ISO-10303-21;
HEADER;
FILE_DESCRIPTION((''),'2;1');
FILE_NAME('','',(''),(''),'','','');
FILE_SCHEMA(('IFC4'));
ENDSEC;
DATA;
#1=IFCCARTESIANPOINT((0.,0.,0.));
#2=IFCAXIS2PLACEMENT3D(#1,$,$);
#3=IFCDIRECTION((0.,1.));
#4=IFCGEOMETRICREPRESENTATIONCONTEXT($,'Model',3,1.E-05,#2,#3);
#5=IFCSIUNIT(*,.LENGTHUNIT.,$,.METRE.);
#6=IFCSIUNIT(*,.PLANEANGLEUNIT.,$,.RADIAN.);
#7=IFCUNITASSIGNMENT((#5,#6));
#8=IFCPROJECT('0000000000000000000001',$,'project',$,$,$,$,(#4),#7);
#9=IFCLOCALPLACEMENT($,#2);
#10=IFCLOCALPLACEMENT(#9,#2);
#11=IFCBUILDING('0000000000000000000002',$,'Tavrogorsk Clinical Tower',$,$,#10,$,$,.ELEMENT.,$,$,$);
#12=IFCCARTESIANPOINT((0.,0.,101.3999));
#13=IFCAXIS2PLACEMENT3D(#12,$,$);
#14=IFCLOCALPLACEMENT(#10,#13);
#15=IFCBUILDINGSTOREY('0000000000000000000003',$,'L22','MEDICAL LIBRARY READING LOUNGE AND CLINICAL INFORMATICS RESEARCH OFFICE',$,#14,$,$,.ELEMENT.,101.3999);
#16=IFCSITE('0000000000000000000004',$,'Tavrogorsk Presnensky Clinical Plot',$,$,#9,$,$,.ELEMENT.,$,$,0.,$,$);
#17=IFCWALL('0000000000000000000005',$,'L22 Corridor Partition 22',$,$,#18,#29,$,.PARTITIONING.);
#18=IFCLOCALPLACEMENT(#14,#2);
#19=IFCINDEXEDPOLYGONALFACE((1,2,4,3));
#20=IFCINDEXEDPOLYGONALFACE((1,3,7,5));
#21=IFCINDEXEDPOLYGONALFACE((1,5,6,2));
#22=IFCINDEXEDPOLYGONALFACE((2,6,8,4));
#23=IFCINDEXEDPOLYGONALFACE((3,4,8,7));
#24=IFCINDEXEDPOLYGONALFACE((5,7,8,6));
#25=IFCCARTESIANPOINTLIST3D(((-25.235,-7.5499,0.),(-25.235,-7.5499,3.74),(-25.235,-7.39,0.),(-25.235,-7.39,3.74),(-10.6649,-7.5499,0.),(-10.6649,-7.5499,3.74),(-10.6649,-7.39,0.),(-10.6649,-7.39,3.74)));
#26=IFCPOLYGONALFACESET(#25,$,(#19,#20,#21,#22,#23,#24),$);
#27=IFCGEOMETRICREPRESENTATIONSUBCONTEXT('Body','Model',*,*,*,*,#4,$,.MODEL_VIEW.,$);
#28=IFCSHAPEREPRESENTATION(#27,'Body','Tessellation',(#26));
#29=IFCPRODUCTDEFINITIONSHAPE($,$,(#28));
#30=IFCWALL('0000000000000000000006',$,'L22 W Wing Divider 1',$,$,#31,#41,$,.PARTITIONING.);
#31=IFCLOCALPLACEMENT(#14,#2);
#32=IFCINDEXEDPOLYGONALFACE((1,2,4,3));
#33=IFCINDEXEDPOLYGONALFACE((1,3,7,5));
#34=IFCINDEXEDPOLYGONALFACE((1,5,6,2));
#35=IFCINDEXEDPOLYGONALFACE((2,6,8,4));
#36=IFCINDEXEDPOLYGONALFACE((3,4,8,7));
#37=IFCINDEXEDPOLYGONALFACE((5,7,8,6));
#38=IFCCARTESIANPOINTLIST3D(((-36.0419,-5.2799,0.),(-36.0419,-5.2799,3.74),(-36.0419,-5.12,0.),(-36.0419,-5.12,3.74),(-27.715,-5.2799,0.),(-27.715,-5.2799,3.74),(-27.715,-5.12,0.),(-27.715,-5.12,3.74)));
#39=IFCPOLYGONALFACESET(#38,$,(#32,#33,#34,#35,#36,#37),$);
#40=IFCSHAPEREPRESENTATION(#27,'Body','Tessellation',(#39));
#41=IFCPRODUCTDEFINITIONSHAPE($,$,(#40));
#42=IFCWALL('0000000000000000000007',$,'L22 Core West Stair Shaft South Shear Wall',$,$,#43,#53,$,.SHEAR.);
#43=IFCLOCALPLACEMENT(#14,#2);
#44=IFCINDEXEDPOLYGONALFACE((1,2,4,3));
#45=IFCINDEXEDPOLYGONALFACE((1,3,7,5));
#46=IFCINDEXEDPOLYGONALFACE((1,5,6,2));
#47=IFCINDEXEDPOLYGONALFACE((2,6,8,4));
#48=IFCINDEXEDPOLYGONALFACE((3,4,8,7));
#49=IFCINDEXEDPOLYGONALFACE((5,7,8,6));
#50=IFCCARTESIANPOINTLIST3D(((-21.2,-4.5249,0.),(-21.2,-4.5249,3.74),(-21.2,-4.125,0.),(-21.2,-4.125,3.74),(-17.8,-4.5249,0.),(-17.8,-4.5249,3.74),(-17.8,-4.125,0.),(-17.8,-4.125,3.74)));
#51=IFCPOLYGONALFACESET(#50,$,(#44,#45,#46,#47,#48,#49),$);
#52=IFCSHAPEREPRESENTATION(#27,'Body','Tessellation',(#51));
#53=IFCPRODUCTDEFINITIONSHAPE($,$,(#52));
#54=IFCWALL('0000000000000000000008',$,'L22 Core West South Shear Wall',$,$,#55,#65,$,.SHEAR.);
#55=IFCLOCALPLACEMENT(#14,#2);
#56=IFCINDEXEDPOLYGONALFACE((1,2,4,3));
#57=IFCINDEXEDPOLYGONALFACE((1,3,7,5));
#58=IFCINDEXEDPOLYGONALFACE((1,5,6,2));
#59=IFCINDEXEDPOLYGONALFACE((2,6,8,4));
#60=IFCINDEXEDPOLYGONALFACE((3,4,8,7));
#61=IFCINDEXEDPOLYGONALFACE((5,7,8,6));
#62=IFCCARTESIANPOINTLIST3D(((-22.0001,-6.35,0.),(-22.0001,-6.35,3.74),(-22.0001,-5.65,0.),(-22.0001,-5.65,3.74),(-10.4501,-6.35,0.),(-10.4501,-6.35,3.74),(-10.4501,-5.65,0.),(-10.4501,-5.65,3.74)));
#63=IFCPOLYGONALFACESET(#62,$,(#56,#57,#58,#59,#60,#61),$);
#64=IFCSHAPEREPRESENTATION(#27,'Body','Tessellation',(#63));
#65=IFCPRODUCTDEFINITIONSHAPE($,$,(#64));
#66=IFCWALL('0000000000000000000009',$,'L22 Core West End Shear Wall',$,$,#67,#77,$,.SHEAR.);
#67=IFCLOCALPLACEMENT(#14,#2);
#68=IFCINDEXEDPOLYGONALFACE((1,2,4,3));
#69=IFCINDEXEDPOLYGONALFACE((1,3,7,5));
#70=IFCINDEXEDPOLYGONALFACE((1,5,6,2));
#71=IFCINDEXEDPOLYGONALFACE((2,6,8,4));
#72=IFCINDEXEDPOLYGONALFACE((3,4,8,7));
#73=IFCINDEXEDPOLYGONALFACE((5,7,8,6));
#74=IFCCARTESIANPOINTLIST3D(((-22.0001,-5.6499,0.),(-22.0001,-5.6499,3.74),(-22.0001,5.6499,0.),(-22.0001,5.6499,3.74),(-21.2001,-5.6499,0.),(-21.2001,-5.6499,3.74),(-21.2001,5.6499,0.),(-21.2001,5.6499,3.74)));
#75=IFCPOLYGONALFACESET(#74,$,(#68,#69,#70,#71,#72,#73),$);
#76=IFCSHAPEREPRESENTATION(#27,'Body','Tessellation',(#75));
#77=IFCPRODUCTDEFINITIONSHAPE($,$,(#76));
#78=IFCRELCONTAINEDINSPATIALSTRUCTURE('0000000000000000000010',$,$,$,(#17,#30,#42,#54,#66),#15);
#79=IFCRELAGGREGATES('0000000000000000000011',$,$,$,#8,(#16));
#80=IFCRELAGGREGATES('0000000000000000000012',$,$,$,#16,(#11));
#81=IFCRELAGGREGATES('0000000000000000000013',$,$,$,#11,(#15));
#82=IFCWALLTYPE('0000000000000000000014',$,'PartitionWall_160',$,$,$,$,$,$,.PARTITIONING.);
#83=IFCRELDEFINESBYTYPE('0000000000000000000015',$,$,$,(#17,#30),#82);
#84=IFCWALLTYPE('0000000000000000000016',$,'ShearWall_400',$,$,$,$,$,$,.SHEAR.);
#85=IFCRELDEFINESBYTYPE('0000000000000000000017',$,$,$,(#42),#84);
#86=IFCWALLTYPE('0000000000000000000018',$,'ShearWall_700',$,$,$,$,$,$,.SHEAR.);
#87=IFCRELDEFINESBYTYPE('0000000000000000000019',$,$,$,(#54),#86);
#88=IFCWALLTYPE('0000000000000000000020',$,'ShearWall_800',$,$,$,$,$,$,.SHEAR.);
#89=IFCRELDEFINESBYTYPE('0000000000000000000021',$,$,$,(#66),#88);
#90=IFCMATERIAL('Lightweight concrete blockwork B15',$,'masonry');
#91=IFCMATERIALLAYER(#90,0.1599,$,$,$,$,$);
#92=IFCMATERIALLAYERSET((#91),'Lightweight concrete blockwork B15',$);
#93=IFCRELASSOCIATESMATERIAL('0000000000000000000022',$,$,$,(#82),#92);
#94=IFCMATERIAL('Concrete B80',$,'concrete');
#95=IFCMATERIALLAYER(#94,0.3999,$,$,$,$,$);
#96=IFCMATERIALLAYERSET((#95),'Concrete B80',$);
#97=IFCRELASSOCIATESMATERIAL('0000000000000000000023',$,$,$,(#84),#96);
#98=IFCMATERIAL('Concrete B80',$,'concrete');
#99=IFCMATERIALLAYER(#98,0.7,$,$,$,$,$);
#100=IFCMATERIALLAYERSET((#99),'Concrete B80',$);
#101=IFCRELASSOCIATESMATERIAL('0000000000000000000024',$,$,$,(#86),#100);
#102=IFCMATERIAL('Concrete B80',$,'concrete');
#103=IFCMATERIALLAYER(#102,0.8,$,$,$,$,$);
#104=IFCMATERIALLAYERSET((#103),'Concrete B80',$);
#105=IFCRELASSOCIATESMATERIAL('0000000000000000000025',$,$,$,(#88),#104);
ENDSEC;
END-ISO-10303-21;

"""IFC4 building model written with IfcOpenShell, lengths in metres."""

from ifc_helpers import new_model, si_unit, direction, frame, frame_2d, origin, place, context, subcontext, project, spatial, rectangle, extrude, material, layer, layer_set, type_object, element, save


model = new_model("IFC4")

# Units and contexts
model_context = context("Model", 3, precision=1e-05, world=origin(), true_north=direction((0.0, 1.0)))
body_context = subcontext(model_context, "Body", "Model", "MODEL_VIEW")
ifc_project = project(units=[si_unit("LENGTHUNIT", "METRE"), si_unit("PLANEANGLEUNIT", "RADIAN")], contexts=[model_context])

# Site, building, storey
site_placement = place(None, origin())
site = spatial("IfcSite", under=ifc_project, at=site_placement, Name="Tavrogorsk Presnensky Clinical Plot", CompositionType="ELEMENT", RefElevation=0.0)
building_placement = place(site_placement, origin())
building = spatial("IfcBuilding", under=site, at=building_placement, Name="Tavrogorsk Clinical Tower", CompositionType="ELEMENT")
storey_placement = place(building_placement, frame((0.0, 0.0, 101.3999)))
storey = spatial("IfcBuildingStorey", under=building, at=storey_placement, Name="L22", Description="MEDICAL LIBRARY READING LOUNGE AND CLINICAL INFORMATICS RESEARCH OFFICE", CompositionType="ELEMENT", Elevation=101.3999)

# Shared definitions
ifc_material_1 = material(Name="Lightweight concrete blockwork B15", Category="masonry")
ifc_layer_1 = layer(ifc_material_1, 0.1599)
ifc_layer_set_1 = layer_set([ifc_layer_1], Name="Lightweight concrete blockwork B15")
wall_type_1 = type_object("IfcWallType", Name="PartitionWall_160", PredefinedType="PARTITIONING", material=ifc_layer_set_1)

# Walls
wall_1_placement = place(storey_placement, frame((-25.2351, -7.47, 0.0), z_axis=(0.0, 0.0, 1.0), x_axis=(1.0, 0.0, 0.0)))
element("IfcWall", 1, at=wall_1_placement, inside=storey, type_object=wall_type_1, Name="L22 Corridor Partition 22", PredefinedType="PARTITIONING", context=body_context, shape_type="SweptSolid", body=[
    extrude(rectangle(XDim=14.5701, YDim=0.1599, at=frame_2d((7.2852, 0.0))), origin(), (0.0, 0.0, 1.0), 3.74),
])
wall_2_placement = place(storey_placement, frame((-36.042, -5.2, 0.0), z_axis=(0.0, 0.0, 1.0), x_axis=(1.0, 0.0, 0.0)))
element("IfcWall", 2, at=wall_2_placement, inside=storey, type_object=wall_type_1, Name="L22 W Wing Divider 1", PredefinedType="PARTITIONING", context=body_context, shape_type="SweptSolid", body=[
    extrude(rectangle(XDim=8.3269, YDim=0.1599, at=frame_2d((4.1636, 0.0))), origin(), (0.0, 0.0, 1.0), 3.74),
])
ifc_material_2 = material(Name="Concrete B80", Category="concrete")
ifc_layer_2 = layer(ifc_material_2, 0.3999)
ifc_layer_set_2 = layer_set([ifc_layer_2], Name="Concrete B80")
wall_type_2 = type_object("IfcWallType", Name="ShearWall_400", PredefinedType="SHEAR", material=ifc_layer_set_2)
wall_3_placement = place(storey_placement, frame((-21.2, -4.325, 0.0), z_axis=(0.0, 0.0, 1.0), x_axis=(1.0, 0.0, 0.0)))
element("IfcWall", 3, at=wall_3_placement, inside=storey, type_object=wall_type_2, Name="L22 Core West Stair Shaft South Shear Wall", PredefinedType="SHEAR", context=body_context, shape_type="SweptSolid", body=[
    extrude(rectangle(XDim=3.3999, YDim=0.3999, at=frame_2d((1.7, 0.0))), origin(), (0.0, 0.0, 1.0), 3.74),
])
ifc_material_3 = material(Name="Concrete B80", Category="concrete")
ifc_layer_3 = layer(ifc_material_3, 0.7)
ifc_layer_set_3 = layer_set([ifc_layer_3], Name="Concrete B80")
wall_type_3 = type_object("IfcWallType", Name="ShearWall_700", PredefinedType="SHEAR", material=ifc_layer_set_3)
wall_4_placement = place(storey_placement, frame((-22.0, -6.0, 0.0), z_axis=(0.0, 0.0, 1.0), x_axis=(1.0, 0.0, 0.0)))
element("IfcWall", 4, at=wall_4_placement, inside=storey, type_object=wall_type_3, Name="L22 Core West South Shear Wall", PredefinedType="SHEAR", context=body_context, shape_type="SweptSolid", body=[
    extrude(rectangle(XDim=11.55, YDim=0.7, at=frame_2d((5.7749, 0.0))), origin(), (0.0, 0.0, 1.0), 3.74),
])
ifc_material_4 = material(Name="Concrete B80", Category="concrete")
ifc_layer_4 = layer(ifc_material_4, 0.8)
ifc_layer_set_4 = layer_set([ifc_layer_4], Name="Concrete B80")
wall_type_4 = type_object("IfcWallType", Name="ShearWall_800", PredefinedType="SHEAR", material=ifc_layer_set_4)
wall_5_placement = place(storey_placement, frame((-21.6001, -5.6499, 0.0), z_axis=(0.0, 0.0, 1.0), x_axis=(0.0, 1.0, 0.0)))
element("IfcWall", 5, at=wall_5_placement, inside=storey, type_object=wall_type_4, Name="L22 Core West End Shear Wall", PredefinedType="SHEAR", context=body_context, shape_type="SweptSolid", body=[
    extrude(rectangle(XDim=11.2998, YDim=0.8, at=frame_2d((5.6499, 0.0))), origin(), (0.0, 0.0, 1.0), 3.74),
])

save(model, "model.ifc")
